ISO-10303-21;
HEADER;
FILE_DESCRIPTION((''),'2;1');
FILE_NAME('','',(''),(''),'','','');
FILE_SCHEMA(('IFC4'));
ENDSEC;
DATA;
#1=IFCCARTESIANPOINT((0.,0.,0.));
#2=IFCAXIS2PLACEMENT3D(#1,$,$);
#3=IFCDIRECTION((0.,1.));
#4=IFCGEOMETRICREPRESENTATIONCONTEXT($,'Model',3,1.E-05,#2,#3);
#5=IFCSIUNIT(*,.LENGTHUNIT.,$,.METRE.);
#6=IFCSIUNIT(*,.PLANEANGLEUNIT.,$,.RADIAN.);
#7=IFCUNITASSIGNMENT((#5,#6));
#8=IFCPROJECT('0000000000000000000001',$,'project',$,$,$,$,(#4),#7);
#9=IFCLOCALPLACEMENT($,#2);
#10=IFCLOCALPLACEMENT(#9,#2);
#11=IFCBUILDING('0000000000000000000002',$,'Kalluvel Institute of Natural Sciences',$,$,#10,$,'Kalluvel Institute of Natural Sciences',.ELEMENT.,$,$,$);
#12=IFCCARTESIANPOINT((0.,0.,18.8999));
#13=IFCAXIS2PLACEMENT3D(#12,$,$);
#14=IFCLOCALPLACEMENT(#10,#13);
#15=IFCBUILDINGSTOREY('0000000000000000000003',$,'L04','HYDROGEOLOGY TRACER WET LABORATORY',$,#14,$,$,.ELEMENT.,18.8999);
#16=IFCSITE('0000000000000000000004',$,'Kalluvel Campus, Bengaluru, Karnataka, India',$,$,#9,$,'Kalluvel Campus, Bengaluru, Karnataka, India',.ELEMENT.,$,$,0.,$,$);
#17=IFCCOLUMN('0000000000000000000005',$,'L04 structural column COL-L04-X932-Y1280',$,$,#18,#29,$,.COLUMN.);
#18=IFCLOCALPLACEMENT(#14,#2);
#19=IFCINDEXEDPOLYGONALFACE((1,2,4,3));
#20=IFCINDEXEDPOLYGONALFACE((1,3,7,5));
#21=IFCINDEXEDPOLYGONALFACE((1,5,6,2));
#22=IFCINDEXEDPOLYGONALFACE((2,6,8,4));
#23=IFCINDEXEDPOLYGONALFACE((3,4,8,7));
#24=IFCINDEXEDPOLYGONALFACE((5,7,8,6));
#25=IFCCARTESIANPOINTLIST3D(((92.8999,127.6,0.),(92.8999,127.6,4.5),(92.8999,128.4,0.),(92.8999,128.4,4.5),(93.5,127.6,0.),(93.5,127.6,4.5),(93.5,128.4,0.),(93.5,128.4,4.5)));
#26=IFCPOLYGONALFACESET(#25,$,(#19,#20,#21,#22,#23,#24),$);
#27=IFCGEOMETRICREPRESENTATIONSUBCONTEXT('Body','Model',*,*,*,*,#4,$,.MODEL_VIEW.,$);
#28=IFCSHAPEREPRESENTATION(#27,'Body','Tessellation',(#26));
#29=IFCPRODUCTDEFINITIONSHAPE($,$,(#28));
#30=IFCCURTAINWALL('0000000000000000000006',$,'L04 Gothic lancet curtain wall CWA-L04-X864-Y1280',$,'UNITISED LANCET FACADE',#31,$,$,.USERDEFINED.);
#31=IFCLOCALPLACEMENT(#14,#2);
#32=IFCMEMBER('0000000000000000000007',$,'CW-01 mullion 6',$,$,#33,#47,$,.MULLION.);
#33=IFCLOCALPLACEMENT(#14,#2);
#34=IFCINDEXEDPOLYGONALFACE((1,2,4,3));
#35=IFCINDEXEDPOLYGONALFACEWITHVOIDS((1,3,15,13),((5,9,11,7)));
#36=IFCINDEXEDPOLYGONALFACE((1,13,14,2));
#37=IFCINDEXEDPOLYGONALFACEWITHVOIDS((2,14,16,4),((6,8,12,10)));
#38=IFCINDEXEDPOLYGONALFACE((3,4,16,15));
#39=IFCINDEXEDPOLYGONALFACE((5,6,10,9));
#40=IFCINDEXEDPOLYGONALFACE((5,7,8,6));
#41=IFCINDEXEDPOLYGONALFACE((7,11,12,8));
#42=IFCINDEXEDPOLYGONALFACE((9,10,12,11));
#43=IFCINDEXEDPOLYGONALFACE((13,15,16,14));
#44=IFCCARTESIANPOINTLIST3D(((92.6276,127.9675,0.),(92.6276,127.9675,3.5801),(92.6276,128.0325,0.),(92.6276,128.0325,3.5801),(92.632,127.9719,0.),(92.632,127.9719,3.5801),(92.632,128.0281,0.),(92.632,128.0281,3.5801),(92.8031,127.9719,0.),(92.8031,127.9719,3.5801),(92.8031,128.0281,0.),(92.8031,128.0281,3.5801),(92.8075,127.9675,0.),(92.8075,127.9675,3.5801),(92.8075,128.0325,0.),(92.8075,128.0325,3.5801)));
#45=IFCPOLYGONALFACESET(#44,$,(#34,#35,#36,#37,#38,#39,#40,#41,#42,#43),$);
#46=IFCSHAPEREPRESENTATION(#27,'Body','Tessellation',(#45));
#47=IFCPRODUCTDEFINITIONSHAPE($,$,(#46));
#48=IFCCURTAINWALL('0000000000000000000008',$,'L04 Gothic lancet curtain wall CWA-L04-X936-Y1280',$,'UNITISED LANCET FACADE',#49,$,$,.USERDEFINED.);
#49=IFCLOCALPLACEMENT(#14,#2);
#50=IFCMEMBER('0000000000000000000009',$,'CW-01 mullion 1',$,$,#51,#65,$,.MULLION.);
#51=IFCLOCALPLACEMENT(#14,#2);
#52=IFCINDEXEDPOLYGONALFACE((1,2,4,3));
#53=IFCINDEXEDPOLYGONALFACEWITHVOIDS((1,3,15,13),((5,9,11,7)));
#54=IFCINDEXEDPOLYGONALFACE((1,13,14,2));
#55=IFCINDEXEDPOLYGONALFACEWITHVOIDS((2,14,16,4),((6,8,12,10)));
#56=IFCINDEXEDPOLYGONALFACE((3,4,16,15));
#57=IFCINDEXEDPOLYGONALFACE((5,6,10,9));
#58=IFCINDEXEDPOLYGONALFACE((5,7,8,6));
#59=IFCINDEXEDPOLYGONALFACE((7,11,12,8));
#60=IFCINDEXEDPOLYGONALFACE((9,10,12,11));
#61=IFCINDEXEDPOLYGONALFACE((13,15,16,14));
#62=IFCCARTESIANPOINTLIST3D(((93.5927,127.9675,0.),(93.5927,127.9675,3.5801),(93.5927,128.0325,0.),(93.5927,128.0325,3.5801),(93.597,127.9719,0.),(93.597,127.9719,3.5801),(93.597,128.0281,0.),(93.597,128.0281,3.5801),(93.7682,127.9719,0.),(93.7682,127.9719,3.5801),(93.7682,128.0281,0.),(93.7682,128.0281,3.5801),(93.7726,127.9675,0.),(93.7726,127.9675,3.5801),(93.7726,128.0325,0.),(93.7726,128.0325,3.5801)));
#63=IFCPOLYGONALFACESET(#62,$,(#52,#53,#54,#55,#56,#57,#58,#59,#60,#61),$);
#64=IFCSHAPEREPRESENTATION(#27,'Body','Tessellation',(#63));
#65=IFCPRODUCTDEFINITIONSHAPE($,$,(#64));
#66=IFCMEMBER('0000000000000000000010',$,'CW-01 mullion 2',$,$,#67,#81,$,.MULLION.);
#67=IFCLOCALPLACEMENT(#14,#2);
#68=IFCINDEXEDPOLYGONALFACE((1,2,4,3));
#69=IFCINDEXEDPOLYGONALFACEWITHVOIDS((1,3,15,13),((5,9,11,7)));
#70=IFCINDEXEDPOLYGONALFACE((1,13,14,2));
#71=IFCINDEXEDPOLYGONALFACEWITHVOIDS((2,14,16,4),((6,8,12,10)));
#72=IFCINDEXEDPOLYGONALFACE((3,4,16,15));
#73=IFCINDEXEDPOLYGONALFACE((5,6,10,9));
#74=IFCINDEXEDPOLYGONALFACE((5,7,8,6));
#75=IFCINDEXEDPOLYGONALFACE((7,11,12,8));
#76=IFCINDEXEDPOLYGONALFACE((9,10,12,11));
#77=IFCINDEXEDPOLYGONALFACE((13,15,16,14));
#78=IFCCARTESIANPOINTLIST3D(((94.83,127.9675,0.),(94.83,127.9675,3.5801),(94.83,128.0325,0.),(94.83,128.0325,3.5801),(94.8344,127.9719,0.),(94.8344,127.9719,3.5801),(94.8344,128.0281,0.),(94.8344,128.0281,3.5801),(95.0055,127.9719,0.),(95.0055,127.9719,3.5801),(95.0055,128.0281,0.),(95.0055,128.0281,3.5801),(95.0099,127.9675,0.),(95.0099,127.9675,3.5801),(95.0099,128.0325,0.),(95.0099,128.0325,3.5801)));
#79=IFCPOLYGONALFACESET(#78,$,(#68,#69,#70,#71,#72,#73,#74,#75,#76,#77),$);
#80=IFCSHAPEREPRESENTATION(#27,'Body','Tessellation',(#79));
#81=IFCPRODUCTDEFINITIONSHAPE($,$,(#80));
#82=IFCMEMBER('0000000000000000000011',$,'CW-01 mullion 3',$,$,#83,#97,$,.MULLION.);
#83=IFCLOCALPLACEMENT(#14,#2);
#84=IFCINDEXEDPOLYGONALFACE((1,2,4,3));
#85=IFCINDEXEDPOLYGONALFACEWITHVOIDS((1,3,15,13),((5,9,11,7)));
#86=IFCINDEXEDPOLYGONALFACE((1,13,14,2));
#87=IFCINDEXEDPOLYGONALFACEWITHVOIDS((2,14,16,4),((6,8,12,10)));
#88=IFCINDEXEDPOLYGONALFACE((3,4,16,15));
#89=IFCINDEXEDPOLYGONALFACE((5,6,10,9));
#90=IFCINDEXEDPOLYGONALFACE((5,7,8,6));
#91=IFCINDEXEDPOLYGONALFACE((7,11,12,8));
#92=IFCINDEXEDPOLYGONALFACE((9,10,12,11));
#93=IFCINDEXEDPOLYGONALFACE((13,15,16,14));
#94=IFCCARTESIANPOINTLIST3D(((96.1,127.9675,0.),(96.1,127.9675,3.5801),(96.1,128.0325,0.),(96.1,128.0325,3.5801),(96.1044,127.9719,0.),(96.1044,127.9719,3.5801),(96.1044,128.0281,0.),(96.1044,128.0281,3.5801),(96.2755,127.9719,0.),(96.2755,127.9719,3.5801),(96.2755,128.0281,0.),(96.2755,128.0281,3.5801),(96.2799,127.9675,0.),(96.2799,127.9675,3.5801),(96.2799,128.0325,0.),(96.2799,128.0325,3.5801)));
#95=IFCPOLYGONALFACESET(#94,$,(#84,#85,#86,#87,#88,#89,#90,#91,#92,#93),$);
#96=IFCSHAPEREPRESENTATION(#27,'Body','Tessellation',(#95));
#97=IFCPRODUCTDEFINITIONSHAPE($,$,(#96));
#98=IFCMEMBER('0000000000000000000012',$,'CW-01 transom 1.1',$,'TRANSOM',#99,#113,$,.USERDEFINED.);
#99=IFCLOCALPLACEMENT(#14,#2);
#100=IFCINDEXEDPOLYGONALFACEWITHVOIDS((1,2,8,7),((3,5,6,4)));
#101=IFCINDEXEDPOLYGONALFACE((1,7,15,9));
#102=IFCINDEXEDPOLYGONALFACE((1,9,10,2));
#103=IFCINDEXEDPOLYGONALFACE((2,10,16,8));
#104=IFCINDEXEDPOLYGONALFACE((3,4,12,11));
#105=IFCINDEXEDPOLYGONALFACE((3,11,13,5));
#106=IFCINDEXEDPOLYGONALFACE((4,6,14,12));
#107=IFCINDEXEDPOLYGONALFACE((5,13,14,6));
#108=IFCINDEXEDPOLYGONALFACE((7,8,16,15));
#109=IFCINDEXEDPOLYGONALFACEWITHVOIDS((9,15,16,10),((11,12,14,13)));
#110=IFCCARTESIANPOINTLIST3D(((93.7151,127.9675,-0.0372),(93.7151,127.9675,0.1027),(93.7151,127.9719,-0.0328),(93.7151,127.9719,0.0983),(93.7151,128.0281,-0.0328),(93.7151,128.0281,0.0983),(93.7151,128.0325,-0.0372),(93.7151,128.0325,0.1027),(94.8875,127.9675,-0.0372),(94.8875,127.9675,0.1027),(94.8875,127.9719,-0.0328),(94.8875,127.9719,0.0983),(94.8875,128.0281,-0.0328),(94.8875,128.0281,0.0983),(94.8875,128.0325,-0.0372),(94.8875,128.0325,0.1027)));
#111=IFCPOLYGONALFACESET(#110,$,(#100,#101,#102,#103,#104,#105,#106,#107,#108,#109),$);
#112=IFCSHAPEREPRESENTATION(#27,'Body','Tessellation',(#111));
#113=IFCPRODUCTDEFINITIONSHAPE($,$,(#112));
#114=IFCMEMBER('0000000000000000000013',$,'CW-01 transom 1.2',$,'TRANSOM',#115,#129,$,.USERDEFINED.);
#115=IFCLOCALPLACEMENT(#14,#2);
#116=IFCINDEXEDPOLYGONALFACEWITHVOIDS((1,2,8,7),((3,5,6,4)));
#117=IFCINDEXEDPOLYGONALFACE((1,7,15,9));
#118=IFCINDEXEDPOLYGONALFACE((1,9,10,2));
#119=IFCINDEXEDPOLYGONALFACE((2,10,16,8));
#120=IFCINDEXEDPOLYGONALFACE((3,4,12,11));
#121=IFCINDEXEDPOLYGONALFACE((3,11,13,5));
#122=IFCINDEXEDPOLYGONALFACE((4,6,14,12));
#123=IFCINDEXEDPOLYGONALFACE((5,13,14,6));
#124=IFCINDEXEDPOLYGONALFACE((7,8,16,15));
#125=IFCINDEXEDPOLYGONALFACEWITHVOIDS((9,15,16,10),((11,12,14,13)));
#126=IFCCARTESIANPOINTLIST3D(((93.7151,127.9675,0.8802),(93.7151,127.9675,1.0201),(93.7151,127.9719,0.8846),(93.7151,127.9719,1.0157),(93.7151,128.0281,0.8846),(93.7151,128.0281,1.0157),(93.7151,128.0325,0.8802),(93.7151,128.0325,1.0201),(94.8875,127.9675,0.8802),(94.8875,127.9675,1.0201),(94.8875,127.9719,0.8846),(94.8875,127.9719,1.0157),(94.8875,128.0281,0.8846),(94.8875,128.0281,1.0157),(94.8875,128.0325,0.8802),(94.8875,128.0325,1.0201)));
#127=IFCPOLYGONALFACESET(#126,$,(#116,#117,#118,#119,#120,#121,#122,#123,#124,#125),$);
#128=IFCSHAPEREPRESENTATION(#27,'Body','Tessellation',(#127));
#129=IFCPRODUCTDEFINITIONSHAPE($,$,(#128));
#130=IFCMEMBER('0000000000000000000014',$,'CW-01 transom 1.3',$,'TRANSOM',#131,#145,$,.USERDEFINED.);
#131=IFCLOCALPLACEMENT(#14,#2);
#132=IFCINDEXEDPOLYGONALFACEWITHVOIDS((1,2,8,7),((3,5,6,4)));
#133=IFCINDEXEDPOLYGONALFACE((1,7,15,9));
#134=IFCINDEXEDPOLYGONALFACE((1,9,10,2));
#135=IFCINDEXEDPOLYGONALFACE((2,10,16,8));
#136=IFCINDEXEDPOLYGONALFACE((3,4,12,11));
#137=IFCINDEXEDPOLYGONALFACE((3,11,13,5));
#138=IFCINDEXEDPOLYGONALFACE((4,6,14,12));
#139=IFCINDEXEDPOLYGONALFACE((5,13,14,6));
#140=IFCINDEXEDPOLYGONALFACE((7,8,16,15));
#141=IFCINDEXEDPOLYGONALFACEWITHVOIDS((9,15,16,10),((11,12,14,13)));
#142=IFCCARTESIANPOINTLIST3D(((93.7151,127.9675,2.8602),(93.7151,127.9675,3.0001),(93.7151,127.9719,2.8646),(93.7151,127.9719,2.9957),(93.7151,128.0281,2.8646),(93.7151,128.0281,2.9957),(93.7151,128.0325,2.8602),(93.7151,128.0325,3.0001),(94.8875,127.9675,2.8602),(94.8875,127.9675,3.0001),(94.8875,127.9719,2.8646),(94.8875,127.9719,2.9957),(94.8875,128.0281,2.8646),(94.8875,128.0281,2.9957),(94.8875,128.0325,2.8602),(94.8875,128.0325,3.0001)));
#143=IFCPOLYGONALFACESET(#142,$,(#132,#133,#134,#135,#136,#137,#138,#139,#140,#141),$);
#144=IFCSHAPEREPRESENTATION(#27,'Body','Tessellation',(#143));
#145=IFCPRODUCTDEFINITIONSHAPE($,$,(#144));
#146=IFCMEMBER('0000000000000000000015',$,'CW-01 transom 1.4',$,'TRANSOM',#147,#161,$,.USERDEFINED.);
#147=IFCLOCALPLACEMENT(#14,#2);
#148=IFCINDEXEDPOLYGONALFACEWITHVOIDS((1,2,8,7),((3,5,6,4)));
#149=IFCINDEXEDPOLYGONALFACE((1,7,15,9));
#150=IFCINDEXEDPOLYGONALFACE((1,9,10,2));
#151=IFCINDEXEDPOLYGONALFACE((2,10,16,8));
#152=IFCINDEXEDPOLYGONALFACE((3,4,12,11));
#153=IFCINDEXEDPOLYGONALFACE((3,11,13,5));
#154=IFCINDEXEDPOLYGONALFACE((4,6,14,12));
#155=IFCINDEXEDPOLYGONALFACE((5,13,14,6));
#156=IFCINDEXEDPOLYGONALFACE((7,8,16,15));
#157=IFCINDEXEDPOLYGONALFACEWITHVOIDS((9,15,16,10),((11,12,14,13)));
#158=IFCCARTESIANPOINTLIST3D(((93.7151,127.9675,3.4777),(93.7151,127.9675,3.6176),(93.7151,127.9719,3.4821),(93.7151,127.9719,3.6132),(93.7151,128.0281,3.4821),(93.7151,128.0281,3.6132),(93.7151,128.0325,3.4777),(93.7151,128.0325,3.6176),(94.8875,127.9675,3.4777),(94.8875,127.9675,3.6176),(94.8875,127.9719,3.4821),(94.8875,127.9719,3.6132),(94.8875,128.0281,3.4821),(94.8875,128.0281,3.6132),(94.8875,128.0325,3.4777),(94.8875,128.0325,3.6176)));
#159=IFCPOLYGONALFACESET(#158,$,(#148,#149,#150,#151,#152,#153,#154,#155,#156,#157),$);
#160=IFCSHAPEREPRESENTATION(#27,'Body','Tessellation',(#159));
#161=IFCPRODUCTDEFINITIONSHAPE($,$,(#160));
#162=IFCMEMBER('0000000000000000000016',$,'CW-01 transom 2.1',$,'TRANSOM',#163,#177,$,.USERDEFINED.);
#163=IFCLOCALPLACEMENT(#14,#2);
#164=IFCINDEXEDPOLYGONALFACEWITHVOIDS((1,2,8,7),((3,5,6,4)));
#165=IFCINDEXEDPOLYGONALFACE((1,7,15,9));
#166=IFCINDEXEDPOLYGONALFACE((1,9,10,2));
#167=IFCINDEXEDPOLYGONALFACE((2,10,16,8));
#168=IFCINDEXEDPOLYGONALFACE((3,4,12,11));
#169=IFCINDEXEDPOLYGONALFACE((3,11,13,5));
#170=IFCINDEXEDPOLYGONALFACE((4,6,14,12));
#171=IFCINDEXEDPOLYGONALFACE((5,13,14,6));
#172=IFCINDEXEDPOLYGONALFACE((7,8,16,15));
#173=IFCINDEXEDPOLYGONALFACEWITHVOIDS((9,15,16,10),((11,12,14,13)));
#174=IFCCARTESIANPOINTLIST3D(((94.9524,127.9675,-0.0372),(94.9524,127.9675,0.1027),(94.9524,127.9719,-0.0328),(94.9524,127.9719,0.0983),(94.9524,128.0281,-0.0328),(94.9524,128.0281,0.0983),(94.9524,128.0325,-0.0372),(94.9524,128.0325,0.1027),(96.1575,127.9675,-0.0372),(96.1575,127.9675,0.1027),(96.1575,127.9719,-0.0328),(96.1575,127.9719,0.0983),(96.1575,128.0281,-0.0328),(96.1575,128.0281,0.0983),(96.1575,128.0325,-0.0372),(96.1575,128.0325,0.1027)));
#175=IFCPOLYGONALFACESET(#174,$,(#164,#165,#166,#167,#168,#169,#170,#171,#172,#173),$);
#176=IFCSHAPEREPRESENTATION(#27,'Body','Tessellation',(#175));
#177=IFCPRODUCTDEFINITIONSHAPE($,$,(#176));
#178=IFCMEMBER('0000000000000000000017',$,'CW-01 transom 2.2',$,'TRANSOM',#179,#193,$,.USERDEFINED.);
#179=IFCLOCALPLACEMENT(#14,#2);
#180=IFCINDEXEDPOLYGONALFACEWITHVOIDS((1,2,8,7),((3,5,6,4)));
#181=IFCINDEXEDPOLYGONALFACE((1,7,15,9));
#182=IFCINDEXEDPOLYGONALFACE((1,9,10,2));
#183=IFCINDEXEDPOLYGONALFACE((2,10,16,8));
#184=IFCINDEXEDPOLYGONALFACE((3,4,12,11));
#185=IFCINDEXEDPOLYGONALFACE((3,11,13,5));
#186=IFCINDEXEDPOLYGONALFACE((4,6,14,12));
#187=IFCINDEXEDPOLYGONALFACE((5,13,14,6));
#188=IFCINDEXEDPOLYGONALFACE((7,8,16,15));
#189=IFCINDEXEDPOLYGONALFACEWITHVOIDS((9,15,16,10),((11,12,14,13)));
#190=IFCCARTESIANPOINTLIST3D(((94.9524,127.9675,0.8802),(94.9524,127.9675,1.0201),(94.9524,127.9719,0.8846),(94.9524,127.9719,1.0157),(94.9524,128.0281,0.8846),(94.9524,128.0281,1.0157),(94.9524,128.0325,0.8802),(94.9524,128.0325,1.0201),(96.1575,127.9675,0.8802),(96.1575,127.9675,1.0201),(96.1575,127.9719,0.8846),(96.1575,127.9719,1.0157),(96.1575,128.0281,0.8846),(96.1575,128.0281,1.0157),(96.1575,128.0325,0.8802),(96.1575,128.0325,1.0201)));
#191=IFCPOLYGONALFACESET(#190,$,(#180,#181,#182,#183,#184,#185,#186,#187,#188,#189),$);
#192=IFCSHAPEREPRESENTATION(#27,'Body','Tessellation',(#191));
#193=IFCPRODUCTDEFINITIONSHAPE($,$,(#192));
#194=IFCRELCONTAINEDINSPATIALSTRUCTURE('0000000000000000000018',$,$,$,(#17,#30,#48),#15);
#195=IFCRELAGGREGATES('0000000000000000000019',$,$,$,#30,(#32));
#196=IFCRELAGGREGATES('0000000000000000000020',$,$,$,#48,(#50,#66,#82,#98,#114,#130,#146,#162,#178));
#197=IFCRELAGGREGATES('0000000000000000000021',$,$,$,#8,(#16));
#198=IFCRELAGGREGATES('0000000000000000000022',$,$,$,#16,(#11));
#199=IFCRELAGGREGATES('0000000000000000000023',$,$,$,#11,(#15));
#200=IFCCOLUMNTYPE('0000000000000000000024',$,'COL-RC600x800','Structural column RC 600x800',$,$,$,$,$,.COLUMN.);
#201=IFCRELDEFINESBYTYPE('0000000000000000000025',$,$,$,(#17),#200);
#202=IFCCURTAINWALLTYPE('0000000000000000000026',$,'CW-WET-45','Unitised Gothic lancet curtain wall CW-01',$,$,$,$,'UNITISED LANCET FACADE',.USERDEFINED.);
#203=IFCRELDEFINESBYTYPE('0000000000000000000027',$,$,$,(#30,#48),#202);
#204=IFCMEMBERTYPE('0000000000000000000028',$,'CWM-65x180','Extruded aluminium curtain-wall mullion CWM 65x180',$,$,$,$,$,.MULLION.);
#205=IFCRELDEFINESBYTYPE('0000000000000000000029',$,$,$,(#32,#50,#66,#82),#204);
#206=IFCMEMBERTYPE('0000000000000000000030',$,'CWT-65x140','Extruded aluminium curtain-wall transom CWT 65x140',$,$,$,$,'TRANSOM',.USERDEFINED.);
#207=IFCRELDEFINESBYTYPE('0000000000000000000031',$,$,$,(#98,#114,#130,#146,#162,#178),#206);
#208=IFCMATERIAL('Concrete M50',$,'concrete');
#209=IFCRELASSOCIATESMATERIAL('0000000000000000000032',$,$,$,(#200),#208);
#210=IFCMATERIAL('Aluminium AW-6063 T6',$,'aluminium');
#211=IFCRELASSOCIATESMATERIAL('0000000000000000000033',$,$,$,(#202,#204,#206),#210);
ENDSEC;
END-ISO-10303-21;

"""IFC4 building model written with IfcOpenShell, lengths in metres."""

from ifc_helpers import new_model, si_unit, direction, frame, origin, origin_2d, place, context, subcontext, project, spatial, rectangle, hollow_rectangle, extrude, material, material_profile, profile_set, type_object, element, aggregate, save


model = new_model("IFC4")

# Units and contexts
model_context = context("Model", 3, precision=1e-05, world=origin(), true_north=direction((0.0, 1.0)))
body_context = subcontext(model_context, "Body", "Model", "MODEL_VIEW")
ifc_project = project(units=[si_unit("LENGTHUNIT", "METRE"), si_unit("PLANEANGLEUNIT", "RADIAN")], contexts=[model_context])

# Site, building, storey
site_placement = place(None, origin())
site = spatial("IfcSite", under=ifc_project, at=site_placement, Name="Kalluvel Campus, Bengaluru, Karnataka, India", LongName="Kalluvel Campus, Bengaluru, Karnataka, India", CompositionType="ELEMENT", RefElevation=0.0)
building_placement = place(site_placement, origin())
building = spatial("IfcBuilding", under=site, at=building_placement, Name="Kalluvel Institute of Natural Sciences", LongName="Kalluvel Institute of Natural Sciences", CompositionType="ELEMENT")
storey_placement = place(building_placement, frame((0.0, 0.0, 18.8999)))
storey = spatial("IfcBuildingStorey", under=building, at=storey_placement, Name="L04", Description="HYDROGEOLOGY TRACER WET LABORATORY", CompositionType="ELEMENT", Elevation=18.8999)

# Column
ifc_material_1 = material(Name="Concrete M50", Category="concrete")
ifc_material_profile_1 = material_profile(ifc_material_1, rectangle(XDim=0.6001, YDim=0.8, at=origin_2d()), Name="RC 600x800")
ifc_profile_set_1 = profile_set([ifc_material_profile_1], Name="Concrete M50")
column_type = type_object("IfcColumnType", Name="COL-RC600x800", Description="Structural column RC 600x800", PredefinedType="COLUMN", material=ifc_profile_set_1)
column_placement = place(storey_placement, frame((93.2, 128.0, 0.0), z_axis=(0.0, 0.0, 1.0), x_axis=(1.0, 0.0, 0.0)))
element("IfcColumn", 1, at=column_placement, inside=storey, type_object=column_type, Name="L04 structural column COL-L04-X932-Y1280", PredefinedType="COLUMN", context=body_context, shape_type="SweptSolid", body=[
    extrude(rectangle(XDim=0.6001, YDim=0.8, at=origin_2d()), origin(), (0.0, 0.0, 1.0), 4.5),
])

# Curtain wall, member
ifc_material_2 = material(Name="Aluminium AW-6063 T6", Category="aluminium")
curtain_wall_type = type_object("IfcCurtainWallType", Name="CW-WET-45", Description="Unitised Gothic lancet curtain wall CW-01", ElementType="UNITISED LANCET FACADE", PredefinedType="USERDEFINED", material=ifc_material_2)
curtain_wall_1_placement = place(storey_placement, origin())
curtain_wall_1 = element("IfcCurtainWall", 2, at=curtain_wall_1_placement, inside=storey, type_object=curtain_wall_type, Name="L04 Gothic lancet curtain wall CWA-L04-X864-Y1280", ObjectType="UNITISED LANCET FACADE", PredefinedType="USERDEFINED")
ifc_material_profile_2 = material_profile(ifc_material_2, hollow_rectangle(XDim=0.0649, YDim=0.1799, WallThickness=0.0044, at=origin_2d()), Name="CWM 65x180")
ifc_profile_set_2 = profile_set([ifc_material_profile_2], Name="Aluminium AW-6063 T6")
member_type_1 = type_object("IfcMemberType", Name="CWM-65x180", Description="Extruded aluminium curtain-wall mullion CWM 65x180", PredefinedType="MULLION", material=ifc_profile_set_2)
member_1_placement = place(storey_placement, frame((92.7175, 128.0, 0.0), z_axis=(0.0, 0.0, 1.0), x_axis=(0.0, 1.0, 0.0)))
member_1 = element("IfcMember", 3, at=member_1_placement, type_object=member_type_1, Name="CW-01 mullion 6", PredefinedType="MULLION", context=body_context, shape_type="SweptSolid", body=[
    extrude(hollow_rectangle(XDim=0.0649, YDim=0.1799, WallThickness=0.0044, at=origin_2d()), origin(), (0.0, 0.0, 1.0), 3.5801),
])
aggregate(curtain_wall_1, [member_1])

# Curtain wall, members
curtain_wall_2_placement = place(storey_placement, origin())
curtain_wall_2 = element("IfcCurtainWall", 4, at=curtain_wall_2_placement, inside=storey, type_object=curtain_wall_type, Name="L04 Gothic lancet curtain wall CWA-L04-X936-Y1280", ObjectType="UNITISED LANCET FACADE", PredefinedType="USERDEFINED")
member_2_placement = place(storey_placement, frame((93.6826, 128.0, 0.0), z_axis=(0.0, 0.0, 1.0), x_axis=(0.0, 1.0, 0.0)))
member_2 = element("IfcMember", 5, at=member_2_placement, type_object=member_type_1, Name="CW-01 mullion 1", PredefinedType="MULLION", context=body_context, shape_type="SweptSolid", body=[
    extrude(hollow_rectangle(XDim=0.0649, YDim=0.1799, WallThickness=0.0044, at=origin_2d()), origin(), (0.0, 0.0, 1.0), 3.5801),
])
member_3_placement = place(storey_placement, frame((94.9199, 128.0, 0.0), z_axis=(0.0, 0.0, 1.0), x_axis=(0.0, 1.0, 0.0)))
member_3 = element("IfcMember", 6, at=member_3_placement, type_object=member_type_1, Name="CW-01 mullion 2", PredefinedType="MULLION", context=body_context, shape_type="SweptSolid", body=[
    extrude(hollow_rectangle(XDim=0.0649, YDim=0.1799, WallThickness=0.0044, at=origin_2d()), origin(), (0.0, 0.0, 1.0), 3.5801),
])
member_4_placement = place(storey_placement, frame((96.1899, 128.0, 0.0), z_axis=(0.0, 0.0, 1.0), x_axis=(0.0, 1.0, 0.0)))
member_4 = element("IfcMember", 7, at=member_4_placement, type_object=member_type_1, Name="CW-01 mullion 3", PredefinedType="MULLION", context=body_context, shape_type="SweptSolid", body=[
    extrude(hollow_rectangle(XDim=0.0649, YDim=0.1799, WallThickness=0.0044, at=origin_2d()), origin(), (0.0, 0.0, 1.0), 3.5801),
])
ifc_material_profile_3 = material_profile(ifc_material_2, hollow_rectangle(XDim=0.0649, YDim=0.1399, WallThickness=0.0044, at=origin_2d()), Name="CWT 65x140")
ifc_profile_set_3 = profile_set([ifc_material_profile_3], Name="Aluminium AW-6063 T6")
member_type_2 = type_object("IfcMemberType", Name="CWT-65x140", Description="Extruded aluminium curtain-wall transom CWT 65x140", ElementType="TRANSOM", PredefinedType="USERDEFINED", material=ifc_profile_set_3)
member_5_placement = place(storey_placement, frame((93.7151, 128.0, 0.0327), z_axis=(1.0, 0.0, 0.0), x_axis=(0.0, 1.0, 0.0)))
member_5 = element("IfcMember", 8, at=member_5_placement, type_object=member_type_2, Name="CW-01 transom 1.1", ObjectType="TRANSOM", PredefinedType="USERDEFINED", context=body_context, shape_type="SweptSolid", body=[
    extrude(hollow_rectangle(XDim=0.0649, YDim=0.1399, WallThickness=0.0044, at=origin_2d()), origin(), (0.0, 0.0, 1.0), 1.1724),
])
member_6_placement = place(storey_placement, frame((93.7151, 128.0, 0.9502), z_axis=(1.0, 0.0, 0.0), x_axis=(0.0, 1.0, 0.0)))
member_6 = element("IfcMember", 9, at=member_6_placement, type_object=member_type_2, Name="CW-01 transom 1.2", ObjectType="TRANSOM", PredefinedType="USERDEFINED", context=body_context, shape_type="SweptSolid", body=[
    extrude(hollow_rectangle(XDim=0.0649, YDim=0.1399, WallThickness=0.0044, at=origin_2d()), origin(), (0.0, 0.0, 1.0), 1.1724),
])
member_7_placement = place(storey_placement, frame((93.7151, 128.0, 2.9302), z_axis=(1.0, 0.0, 0.0), x_axis=(0.0, 1.0, 0.0)))
member_7 = element("IfcMember", 10, at=member_7_placement, type_object=member_type_2, Name="CW-01 transom 1.3", ObjectType="TRANSOM", PredefinedType="USERDEFINED", context=body_context, shape_type="SweptSolid", body=[
    extrude(hollow_rectangle(XDim=0.0649, YDim=0.1399, WallThickness=0.0044, at=origin_2d()), origin(), (0.0, 0.0, 1.0), 1.1724),
])
member_8_placement = place(storey_placement, frame((93.7151, 128.0, 3.5476), z_axis=(1.0, 0.0, 0.0), x_axis=(0.0, 1.0, 0.0)))
member_8 = element("IfcMember", 11, at=member_8_placement, type_object=member_type_2, Name="CW-01 transom 1.4", ObjectType="TRANSOM", PredefinedType="USERDEFINED", context=body_context, shape_type="SweptSolid", body=[
    extrude(hollow_rectangle(XDim=0.0649, YDim=0.1399, WallThickness=0.0044, at=origin_2d()), origin(), (0.0, 0.0, 1.0), 1.1724),
])
member_9_placement = place(storey_placement, frame((94.9524, 128.0, 0.0327), z_axis=(1.0, 0.0, 0.0), x_axis=(0.0, 1.0, 0.0)))
member_9 = element("IfcMember", 12, at=member_9_placement, type_object=member_type_2, Name="CW-01 transom 2.1", ObjectType="TRANSOM", PredefinedType="USERDEFINED", context=body_context, shape_type="SweptSolid", body=[
    extrude(hollow_rectangle(XDim=0.0649, YDim=0.1399, WallThickness=0.0044, at=origin_2d()), origin(), (0.0, 0.0, 1.0), 1.2051),
])
member_10_placement = place(storey_placement, frame((94.9524, 128.0, 0.9502), z_axis=(1.0, 0.0, 0.0), x_axis=(0.0, 1.0, 0.0)))
member_10 = element("IfcMember", 13, at=member_10_placement, type_object=member_type_2, Name="CW-01 transom 2.2", ObjectType="TRANSOM", PredefinedType="USERDEFINED", context=body_context, shape_type="SweptSolid", body=[
    extrude(hollow_rectangle(XDim=0.0649, YDim=0.1399, WallThickness=0.0044, at=origin_2d()), origin(), (0.0, 0.0, 1.0), 1.2051),
])

aggregate(curtain_wall_2, [member_2, member_3, member_4, member_5, member_6, member_7, member_8, member_9, member_10])

save(model, "model.ifc")
